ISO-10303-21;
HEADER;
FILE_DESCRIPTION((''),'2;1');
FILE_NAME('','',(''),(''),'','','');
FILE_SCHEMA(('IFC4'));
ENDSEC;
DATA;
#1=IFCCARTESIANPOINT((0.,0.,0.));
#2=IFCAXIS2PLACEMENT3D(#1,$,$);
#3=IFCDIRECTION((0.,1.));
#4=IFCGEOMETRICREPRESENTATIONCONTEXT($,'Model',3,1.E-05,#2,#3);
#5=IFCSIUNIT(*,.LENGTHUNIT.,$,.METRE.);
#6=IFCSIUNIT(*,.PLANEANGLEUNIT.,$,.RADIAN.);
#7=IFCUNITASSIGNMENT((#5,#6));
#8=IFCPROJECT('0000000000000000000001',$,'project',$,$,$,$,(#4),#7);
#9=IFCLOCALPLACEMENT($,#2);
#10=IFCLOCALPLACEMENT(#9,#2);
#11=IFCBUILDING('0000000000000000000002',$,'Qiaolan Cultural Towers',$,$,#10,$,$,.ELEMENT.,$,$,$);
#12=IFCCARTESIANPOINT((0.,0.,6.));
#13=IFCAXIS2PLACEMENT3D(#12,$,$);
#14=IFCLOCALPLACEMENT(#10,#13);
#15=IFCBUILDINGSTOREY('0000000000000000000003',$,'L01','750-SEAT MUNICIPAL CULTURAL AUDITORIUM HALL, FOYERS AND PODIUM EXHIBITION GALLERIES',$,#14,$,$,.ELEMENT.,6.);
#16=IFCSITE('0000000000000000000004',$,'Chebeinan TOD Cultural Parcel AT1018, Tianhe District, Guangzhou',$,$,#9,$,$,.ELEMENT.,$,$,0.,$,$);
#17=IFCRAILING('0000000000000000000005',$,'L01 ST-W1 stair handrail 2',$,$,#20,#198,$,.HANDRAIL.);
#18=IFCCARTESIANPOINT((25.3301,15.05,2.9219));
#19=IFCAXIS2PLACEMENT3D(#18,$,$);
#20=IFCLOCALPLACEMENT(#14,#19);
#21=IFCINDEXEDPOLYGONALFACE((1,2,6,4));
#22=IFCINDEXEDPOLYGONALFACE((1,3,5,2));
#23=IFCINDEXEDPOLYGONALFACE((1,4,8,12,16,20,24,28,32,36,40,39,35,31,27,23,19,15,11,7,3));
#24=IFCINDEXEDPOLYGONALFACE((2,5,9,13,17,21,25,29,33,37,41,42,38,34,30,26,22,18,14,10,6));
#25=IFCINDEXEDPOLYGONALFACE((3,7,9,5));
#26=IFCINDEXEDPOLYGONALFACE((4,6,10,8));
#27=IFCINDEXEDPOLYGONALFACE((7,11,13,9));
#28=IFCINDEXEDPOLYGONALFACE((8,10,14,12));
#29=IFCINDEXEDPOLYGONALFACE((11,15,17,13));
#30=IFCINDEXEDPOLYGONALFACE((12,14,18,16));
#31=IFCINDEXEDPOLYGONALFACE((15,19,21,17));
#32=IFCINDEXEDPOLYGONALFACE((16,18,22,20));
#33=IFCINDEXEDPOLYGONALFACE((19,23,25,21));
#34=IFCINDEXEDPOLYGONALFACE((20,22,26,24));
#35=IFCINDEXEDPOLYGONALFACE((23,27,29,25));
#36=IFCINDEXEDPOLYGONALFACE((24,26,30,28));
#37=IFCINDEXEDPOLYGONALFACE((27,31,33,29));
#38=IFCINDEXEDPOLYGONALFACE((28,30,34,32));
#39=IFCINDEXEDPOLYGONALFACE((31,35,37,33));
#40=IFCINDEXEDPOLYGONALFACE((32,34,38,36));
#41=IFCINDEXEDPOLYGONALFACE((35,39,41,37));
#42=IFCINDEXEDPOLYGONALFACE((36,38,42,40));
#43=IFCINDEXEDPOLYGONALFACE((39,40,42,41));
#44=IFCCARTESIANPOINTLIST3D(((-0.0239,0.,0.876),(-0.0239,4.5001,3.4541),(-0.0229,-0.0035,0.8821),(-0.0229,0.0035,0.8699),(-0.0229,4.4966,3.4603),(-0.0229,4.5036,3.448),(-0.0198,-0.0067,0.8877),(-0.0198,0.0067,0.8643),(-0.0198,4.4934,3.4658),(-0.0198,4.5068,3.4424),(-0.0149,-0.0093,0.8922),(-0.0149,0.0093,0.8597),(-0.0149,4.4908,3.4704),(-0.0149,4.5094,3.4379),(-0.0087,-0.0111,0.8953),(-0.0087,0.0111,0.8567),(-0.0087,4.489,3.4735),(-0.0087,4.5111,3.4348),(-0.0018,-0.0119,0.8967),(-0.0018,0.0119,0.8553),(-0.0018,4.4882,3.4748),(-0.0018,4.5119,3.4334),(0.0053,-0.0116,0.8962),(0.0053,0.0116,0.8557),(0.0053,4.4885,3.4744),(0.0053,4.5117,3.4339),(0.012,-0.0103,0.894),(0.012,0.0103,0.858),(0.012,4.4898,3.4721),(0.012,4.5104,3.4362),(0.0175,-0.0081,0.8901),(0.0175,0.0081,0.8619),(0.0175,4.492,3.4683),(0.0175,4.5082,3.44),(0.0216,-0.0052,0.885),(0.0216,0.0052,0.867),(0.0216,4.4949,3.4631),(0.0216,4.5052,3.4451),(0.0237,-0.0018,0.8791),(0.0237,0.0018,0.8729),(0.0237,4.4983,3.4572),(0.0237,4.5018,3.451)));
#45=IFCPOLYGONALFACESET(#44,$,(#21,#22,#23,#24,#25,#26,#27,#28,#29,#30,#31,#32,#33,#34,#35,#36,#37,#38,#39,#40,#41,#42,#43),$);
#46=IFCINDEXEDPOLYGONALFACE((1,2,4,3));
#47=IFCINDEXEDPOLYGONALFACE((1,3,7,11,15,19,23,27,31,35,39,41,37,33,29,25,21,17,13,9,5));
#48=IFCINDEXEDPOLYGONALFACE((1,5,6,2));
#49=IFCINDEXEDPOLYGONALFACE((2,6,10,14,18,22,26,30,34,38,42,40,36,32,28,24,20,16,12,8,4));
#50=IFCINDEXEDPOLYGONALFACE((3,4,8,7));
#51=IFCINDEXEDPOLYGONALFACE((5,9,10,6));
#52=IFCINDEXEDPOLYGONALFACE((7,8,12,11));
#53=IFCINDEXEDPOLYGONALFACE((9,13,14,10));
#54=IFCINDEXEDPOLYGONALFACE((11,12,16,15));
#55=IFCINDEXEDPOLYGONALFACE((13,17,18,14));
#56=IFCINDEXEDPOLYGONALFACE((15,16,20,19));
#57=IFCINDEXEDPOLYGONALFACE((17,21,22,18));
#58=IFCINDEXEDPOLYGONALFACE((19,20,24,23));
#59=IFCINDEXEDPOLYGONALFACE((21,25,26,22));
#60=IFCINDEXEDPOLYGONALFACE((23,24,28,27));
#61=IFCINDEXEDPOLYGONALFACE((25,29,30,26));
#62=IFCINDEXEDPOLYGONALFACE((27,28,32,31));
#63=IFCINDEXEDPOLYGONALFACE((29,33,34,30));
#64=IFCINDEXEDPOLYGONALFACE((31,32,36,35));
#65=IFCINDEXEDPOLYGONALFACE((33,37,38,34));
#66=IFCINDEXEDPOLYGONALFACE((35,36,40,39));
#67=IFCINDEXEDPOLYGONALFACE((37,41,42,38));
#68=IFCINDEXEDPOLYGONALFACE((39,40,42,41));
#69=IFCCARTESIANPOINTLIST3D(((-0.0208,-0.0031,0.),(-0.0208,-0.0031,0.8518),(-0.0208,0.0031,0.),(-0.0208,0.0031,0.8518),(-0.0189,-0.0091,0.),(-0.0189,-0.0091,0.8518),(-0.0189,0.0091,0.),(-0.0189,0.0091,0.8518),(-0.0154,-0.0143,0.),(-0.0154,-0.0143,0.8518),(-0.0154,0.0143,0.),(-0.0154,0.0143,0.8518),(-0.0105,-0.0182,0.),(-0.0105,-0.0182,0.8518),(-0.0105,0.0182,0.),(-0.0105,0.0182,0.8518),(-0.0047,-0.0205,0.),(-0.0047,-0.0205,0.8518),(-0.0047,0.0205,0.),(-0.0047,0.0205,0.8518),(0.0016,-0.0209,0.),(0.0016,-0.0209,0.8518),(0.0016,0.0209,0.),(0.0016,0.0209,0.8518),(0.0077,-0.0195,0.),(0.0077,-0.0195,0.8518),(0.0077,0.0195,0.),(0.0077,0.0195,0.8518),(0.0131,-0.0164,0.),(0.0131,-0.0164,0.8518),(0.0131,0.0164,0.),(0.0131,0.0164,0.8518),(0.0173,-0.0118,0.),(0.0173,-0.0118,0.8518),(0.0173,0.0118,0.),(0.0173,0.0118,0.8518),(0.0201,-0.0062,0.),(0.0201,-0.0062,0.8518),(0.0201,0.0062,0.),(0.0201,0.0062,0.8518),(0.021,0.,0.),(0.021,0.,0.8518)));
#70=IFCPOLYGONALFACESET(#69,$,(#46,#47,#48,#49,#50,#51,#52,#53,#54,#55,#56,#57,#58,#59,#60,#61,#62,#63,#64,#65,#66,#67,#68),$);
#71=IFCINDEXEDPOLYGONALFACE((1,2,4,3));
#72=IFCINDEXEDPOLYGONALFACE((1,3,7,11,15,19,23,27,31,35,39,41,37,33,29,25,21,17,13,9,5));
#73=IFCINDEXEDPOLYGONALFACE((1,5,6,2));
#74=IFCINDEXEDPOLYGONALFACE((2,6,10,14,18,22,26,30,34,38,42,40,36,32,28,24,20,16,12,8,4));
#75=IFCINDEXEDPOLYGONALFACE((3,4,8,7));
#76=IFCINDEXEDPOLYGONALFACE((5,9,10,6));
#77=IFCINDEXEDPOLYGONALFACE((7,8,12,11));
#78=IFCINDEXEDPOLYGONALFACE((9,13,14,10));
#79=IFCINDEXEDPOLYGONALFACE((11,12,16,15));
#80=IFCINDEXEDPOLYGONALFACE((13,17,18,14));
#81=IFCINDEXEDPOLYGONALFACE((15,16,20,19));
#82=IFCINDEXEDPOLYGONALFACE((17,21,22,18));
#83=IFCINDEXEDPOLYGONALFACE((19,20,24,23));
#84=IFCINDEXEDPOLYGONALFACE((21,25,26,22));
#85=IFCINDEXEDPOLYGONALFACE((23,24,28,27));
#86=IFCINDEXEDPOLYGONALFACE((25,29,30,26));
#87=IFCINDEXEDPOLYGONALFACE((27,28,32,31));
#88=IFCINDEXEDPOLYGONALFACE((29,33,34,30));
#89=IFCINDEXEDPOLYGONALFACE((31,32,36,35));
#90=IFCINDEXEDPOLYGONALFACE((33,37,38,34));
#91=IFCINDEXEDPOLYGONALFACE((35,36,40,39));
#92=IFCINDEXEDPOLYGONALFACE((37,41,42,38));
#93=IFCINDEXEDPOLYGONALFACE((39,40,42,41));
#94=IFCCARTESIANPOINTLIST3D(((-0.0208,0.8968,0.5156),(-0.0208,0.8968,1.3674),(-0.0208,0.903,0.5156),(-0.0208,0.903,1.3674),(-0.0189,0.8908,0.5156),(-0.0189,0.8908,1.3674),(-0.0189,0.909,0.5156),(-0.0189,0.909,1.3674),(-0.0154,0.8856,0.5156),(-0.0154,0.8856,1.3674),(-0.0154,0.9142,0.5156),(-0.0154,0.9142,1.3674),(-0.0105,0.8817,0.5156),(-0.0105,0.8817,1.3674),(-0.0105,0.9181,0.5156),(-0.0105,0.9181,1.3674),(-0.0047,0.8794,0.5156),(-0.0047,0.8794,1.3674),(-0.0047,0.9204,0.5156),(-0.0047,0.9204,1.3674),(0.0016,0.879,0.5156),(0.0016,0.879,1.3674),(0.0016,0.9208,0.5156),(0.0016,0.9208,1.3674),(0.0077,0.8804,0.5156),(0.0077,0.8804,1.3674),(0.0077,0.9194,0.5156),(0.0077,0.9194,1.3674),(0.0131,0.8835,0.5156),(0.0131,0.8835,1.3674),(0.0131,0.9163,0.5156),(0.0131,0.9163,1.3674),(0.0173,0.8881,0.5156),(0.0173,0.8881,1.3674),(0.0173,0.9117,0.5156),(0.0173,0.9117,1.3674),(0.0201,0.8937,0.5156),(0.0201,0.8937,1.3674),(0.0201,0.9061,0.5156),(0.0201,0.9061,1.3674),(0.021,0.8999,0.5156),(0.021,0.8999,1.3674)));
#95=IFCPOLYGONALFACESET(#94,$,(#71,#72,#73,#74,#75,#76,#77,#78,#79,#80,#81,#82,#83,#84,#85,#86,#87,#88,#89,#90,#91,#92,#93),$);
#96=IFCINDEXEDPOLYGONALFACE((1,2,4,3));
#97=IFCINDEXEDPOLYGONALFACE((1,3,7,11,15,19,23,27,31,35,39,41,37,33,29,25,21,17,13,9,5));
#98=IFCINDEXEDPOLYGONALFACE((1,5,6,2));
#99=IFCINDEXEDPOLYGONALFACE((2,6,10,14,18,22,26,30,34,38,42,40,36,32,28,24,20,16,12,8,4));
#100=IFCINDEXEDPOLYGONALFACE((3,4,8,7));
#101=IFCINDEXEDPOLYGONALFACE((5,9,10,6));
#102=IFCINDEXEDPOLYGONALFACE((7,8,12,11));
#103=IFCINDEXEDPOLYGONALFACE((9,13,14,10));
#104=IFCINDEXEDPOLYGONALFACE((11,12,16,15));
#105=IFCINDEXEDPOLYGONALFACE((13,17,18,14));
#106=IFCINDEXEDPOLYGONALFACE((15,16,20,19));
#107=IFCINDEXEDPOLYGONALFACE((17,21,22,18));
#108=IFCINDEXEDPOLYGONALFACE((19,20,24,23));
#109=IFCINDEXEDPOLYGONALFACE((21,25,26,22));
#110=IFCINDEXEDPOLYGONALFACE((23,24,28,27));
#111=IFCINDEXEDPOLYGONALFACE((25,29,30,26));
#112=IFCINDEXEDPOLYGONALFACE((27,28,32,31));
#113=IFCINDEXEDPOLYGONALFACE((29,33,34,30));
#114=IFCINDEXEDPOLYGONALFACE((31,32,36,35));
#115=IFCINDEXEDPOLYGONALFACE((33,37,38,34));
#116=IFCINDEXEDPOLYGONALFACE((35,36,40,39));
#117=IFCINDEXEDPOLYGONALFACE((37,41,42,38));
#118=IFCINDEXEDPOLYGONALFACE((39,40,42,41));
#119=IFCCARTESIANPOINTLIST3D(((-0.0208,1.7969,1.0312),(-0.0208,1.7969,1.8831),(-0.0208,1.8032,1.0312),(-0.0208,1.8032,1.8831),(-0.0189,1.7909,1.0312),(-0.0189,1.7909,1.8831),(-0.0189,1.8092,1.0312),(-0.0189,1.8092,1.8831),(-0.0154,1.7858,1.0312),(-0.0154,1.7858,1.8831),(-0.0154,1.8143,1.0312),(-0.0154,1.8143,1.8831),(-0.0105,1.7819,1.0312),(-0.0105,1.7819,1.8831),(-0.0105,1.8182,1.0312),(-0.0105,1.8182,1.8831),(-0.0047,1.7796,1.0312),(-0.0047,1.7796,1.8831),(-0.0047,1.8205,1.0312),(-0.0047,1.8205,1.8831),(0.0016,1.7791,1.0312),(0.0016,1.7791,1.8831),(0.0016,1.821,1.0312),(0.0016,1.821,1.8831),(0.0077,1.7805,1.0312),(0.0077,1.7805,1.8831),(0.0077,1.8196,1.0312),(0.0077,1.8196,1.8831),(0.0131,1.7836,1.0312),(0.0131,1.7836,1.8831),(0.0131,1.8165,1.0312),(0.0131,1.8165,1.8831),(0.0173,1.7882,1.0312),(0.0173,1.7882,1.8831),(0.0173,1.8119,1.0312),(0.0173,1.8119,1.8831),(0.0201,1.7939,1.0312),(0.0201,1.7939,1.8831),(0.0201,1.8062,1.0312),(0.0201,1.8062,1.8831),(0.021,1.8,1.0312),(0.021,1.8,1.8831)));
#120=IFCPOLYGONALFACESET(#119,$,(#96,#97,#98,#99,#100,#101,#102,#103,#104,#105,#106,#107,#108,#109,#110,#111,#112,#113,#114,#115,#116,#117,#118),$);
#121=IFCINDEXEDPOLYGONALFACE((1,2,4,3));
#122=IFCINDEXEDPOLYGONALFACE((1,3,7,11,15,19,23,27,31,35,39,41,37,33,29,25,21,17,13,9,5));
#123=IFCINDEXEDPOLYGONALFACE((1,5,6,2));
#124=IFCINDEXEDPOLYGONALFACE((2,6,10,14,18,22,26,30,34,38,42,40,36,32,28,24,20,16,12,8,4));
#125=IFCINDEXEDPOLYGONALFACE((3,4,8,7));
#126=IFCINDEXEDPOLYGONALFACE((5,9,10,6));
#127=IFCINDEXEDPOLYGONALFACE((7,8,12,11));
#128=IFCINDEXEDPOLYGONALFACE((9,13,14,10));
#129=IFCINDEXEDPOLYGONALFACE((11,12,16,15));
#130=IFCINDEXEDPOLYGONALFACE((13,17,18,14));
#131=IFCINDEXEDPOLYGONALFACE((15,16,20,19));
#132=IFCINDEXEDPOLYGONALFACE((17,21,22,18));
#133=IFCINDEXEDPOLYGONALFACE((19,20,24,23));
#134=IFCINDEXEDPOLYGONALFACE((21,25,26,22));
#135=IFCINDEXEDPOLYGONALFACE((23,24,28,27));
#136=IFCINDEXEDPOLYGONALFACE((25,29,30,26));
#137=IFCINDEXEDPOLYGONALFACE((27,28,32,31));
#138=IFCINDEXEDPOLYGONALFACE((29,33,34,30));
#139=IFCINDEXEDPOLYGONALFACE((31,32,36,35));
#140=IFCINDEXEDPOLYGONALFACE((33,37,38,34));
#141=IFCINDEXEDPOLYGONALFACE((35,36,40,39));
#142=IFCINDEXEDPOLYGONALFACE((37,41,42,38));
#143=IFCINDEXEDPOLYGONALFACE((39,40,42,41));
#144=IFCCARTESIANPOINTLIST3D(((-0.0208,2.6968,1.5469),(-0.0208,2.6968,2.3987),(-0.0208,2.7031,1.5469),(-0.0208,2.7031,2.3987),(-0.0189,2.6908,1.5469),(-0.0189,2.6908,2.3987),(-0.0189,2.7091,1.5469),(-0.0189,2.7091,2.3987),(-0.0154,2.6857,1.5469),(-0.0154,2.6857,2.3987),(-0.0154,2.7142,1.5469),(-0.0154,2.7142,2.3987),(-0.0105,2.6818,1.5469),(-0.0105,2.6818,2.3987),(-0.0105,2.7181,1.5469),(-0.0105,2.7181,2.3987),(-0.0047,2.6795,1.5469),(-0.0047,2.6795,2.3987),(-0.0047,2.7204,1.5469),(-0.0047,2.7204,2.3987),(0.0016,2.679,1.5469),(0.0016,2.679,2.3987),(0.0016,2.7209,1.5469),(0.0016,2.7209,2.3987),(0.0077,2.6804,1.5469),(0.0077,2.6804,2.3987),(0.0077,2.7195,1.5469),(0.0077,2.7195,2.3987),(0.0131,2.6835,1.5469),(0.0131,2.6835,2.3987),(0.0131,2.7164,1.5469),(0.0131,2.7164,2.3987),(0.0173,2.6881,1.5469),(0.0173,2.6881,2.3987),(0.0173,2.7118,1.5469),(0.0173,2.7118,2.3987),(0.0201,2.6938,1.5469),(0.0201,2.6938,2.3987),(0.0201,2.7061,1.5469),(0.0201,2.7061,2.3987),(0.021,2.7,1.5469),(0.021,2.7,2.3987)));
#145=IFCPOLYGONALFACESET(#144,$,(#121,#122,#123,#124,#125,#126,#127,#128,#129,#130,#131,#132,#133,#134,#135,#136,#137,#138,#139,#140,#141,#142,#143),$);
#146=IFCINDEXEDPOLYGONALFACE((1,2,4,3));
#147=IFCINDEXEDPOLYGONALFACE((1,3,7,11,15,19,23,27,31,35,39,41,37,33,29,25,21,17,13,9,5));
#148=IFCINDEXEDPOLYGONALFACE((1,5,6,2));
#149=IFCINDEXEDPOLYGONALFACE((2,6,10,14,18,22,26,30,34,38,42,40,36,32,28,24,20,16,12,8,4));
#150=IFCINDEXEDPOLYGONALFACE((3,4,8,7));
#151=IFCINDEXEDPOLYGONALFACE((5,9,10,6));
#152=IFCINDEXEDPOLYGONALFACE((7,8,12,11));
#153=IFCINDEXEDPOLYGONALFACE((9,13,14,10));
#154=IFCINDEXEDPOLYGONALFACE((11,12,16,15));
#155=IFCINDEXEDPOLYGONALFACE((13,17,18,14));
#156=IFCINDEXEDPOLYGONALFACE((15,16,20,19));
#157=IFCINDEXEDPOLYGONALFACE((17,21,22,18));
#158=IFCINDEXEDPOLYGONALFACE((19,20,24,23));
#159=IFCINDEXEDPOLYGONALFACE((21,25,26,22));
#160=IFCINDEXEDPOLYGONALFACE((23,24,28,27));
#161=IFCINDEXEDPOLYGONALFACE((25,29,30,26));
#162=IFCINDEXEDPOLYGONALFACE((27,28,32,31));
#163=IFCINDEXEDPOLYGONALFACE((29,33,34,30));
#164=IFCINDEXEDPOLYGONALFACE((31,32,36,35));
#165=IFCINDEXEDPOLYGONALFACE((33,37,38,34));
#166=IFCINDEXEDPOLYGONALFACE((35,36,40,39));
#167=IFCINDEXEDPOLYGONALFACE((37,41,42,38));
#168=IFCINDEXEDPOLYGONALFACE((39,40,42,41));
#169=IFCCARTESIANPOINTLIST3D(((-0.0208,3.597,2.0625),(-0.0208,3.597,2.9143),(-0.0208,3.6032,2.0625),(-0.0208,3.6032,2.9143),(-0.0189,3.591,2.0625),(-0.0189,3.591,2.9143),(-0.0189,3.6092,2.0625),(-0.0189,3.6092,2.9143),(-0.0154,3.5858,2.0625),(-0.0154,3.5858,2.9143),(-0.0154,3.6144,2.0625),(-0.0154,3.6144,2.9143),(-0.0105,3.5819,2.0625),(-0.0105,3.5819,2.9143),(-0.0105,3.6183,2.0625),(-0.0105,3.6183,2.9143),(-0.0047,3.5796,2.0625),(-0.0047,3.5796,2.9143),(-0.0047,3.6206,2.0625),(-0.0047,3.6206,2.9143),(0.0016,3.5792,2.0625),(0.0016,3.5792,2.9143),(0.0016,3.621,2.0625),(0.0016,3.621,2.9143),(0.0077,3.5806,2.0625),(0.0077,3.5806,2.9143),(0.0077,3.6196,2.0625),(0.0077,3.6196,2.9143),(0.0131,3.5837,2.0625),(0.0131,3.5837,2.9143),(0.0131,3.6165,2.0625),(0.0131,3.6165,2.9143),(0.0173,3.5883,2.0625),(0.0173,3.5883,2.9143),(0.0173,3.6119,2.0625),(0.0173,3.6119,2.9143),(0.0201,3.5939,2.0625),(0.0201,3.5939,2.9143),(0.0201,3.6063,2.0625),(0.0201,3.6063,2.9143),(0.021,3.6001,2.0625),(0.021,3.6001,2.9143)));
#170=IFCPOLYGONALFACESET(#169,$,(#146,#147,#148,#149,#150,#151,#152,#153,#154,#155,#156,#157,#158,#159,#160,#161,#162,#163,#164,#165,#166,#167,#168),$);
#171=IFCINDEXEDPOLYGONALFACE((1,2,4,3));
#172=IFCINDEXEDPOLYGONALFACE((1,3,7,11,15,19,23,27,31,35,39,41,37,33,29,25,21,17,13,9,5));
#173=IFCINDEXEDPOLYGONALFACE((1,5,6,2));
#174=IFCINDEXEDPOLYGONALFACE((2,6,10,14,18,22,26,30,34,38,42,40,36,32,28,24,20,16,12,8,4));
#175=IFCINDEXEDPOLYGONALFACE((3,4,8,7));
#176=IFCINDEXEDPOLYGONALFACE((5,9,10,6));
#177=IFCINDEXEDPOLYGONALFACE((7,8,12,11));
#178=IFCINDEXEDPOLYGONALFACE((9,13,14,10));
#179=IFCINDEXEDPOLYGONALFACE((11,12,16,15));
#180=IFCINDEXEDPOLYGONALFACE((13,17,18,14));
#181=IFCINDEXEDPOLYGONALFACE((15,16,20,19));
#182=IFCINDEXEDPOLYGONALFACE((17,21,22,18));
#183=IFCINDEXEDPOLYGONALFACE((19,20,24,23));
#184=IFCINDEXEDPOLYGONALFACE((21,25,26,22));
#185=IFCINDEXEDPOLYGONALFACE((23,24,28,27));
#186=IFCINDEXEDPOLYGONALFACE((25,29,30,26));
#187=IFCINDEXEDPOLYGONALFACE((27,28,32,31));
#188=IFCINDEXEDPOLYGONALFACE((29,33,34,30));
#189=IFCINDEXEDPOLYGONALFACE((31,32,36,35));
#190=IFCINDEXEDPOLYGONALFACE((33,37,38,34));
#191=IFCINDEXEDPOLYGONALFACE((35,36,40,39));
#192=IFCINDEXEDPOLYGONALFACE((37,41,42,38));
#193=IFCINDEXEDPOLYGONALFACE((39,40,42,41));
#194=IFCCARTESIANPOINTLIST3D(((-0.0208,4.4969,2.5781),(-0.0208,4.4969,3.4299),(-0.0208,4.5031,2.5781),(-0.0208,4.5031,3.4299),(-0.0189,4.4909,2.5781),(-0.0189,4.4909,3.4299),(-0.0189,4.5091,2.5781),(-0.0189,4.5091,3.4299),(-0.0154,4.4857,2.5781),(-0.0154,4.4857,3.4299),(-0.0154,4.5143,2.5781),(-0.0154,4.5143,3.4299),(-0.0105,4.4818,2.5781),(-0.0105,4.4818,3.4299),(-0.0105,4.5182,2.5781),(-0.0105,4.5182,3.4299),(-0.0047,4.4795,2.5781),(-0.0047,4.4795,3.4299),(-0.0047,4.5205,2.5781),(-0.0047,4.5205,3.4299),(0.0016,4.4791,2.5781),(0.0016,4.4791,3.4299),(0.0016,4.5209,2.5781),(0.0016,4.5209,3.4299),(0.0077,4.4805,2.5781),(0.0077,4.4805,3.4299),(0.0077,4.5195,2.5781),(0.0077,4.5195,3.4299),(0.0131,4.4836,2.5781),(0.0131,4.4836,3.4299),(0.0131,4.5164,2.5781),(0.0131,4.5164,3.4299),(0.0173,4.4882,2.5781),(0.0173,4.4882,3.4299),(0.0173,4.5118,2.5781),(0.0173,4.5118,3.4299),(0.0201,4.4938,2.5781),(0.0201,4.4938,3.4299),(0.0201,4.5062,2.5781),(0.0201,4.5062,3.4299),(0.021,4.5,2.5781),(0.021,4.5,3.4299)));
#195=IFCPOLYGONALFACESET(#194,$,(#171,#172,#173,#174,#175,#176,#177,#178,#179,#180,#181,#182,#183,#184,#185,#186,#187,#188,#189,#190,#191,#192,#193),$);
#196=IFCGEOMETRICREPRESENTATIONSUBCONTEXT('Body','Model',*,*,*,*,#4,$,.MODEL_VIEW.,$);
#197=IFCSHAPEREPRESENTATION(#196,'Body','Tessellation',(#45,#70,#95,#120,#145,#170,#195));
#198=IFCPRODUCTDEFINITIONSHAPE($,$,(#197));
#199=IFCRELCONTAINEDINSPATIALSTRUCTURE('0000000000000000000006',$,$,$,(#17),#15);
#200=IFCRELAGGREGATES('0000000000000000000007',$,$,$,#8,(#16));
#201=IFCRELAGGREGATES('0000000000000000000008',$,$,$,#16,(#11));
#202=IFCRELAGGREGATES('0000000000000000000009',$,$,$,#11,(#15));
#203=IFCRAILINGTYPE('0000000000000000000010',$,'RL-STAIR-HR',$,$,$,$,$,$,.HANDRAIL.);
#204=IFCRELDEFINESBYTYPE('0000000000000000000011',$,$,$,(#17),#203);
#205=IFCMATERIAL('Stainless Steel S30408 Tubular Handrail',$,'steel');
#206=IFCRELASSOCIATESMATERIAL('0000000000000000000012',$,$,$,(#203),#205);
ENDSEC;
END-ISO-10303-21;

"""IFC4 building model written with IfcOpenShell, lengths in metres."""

from ifc_helpers import new_model, si_unit, direction, frame, origin, origin_2d, place, context, subcontext, project, spatial, circle, extrude, material, type_object, element, save


model = new_model("IFC4")

# Units and contexts
model_context = context("Model", 3, precision=1e-05, world=origin(), true_north=direction((0.0, 1.0)))
body_context = subcontext(model_context, "Body", "Model", "MODEL_VIEW")
ifc_project = project(units=[si_unit("LENGTHUNIT", "METRE"), si_unit("PLANEANGLEUNIT", "RADIAN")], contexts=[model_context])

# Site, building, storey
site_placement = place(None, origin())
site = spatial("IfcSite", under=ifc_project, at=site_placement, Name="Chebeinan TOD Cultural Parcel AT1018, Tianhe District, Guangzhou", CompositionType="ELEMENT", RefElevation=0.0)
building_placement = place(site_placement, origin())
building = spatial("IfcBuilding", under=site, at=building_placement, Name="Qiaolan Cultural Towers", CompositionType="ELEMENT")
storey_placement = place(building_placement, frame((0.0, 0.0, 6.0)))
storey = spatial("IfcBuildingStorey", under=building, at=storey_placement, Name="L01", Description="750-SEAT MUNICIPAL CULTURAL AUDITORIUM HALL, FOYERS AND PODIUM EXHIBITION GALLERIES", CompositionType="ELEMENT", Elevation=6.0)

# Railing
ifc_material_1 = material(Name="Stainless Steel S30408 Tubular Handrail", Category="steel")
railing_type_1 = type_object("IfcRailingType", Name="RL-STAIR-HR", PredefinedType="HANDRAIL", material=ifc_material_1)
railing_1_placement = place(storey_placement, frame((25.3301, 15.05, 2.9219)))
element("IfcRailing", 1, at=railing_1_placement, inside=storey, type_object=railing_type_1, Name="L01 ST-W1 stair handrail 2", PredefinedType="HANDRAIL", context=body_context, shape_type="SweptSolid", body=[
    extrude(circle(Radius=0.0239, at=origin_2d()), frame((0.0, 0.0, 0.876), z_axis=(0.0, 0.867686, 0.497112), x_axis=(-1.0, 0.0, 0.0)), (0.0, 0.0, 1.0), 5.1863),
    extrude(circle(Radius=0.021, at=origin_2d()), origin(), (0.0, 0.0, 1.0), 0.8518),
    extrude(circle(Radius=0.021, at=origin_2d()), frame((0.0, 0.8999, 0.5156)), (0.0, 0.0, 1.0), 0.8518),
    extrude(circle(Radius=0.021, at=origin_2d()), frame((0.0, 1.8, 1.0312)), (0.0, 0.0, 1.0), 0.8518),
    extrude(circle(Radius=0.021, at=origin_2d()), frame((0.0, 2.7, 1.5469)), (0.0, 0.0, 1.0), 0.8518),
    extrude(circle(Radius=0.021, at=origin_2d()), frame((0.0, 3.6001, 2.0625)), (0.0, 0.0, 1.0), 0.8518),
    extrude(circle(Radius=0.021, at=origin_2d()), frame((0.0, 4.5, 2.5781)), (0.0, 0.0, 1.0), 0.8518),
])

save(model, "model.ifc")
